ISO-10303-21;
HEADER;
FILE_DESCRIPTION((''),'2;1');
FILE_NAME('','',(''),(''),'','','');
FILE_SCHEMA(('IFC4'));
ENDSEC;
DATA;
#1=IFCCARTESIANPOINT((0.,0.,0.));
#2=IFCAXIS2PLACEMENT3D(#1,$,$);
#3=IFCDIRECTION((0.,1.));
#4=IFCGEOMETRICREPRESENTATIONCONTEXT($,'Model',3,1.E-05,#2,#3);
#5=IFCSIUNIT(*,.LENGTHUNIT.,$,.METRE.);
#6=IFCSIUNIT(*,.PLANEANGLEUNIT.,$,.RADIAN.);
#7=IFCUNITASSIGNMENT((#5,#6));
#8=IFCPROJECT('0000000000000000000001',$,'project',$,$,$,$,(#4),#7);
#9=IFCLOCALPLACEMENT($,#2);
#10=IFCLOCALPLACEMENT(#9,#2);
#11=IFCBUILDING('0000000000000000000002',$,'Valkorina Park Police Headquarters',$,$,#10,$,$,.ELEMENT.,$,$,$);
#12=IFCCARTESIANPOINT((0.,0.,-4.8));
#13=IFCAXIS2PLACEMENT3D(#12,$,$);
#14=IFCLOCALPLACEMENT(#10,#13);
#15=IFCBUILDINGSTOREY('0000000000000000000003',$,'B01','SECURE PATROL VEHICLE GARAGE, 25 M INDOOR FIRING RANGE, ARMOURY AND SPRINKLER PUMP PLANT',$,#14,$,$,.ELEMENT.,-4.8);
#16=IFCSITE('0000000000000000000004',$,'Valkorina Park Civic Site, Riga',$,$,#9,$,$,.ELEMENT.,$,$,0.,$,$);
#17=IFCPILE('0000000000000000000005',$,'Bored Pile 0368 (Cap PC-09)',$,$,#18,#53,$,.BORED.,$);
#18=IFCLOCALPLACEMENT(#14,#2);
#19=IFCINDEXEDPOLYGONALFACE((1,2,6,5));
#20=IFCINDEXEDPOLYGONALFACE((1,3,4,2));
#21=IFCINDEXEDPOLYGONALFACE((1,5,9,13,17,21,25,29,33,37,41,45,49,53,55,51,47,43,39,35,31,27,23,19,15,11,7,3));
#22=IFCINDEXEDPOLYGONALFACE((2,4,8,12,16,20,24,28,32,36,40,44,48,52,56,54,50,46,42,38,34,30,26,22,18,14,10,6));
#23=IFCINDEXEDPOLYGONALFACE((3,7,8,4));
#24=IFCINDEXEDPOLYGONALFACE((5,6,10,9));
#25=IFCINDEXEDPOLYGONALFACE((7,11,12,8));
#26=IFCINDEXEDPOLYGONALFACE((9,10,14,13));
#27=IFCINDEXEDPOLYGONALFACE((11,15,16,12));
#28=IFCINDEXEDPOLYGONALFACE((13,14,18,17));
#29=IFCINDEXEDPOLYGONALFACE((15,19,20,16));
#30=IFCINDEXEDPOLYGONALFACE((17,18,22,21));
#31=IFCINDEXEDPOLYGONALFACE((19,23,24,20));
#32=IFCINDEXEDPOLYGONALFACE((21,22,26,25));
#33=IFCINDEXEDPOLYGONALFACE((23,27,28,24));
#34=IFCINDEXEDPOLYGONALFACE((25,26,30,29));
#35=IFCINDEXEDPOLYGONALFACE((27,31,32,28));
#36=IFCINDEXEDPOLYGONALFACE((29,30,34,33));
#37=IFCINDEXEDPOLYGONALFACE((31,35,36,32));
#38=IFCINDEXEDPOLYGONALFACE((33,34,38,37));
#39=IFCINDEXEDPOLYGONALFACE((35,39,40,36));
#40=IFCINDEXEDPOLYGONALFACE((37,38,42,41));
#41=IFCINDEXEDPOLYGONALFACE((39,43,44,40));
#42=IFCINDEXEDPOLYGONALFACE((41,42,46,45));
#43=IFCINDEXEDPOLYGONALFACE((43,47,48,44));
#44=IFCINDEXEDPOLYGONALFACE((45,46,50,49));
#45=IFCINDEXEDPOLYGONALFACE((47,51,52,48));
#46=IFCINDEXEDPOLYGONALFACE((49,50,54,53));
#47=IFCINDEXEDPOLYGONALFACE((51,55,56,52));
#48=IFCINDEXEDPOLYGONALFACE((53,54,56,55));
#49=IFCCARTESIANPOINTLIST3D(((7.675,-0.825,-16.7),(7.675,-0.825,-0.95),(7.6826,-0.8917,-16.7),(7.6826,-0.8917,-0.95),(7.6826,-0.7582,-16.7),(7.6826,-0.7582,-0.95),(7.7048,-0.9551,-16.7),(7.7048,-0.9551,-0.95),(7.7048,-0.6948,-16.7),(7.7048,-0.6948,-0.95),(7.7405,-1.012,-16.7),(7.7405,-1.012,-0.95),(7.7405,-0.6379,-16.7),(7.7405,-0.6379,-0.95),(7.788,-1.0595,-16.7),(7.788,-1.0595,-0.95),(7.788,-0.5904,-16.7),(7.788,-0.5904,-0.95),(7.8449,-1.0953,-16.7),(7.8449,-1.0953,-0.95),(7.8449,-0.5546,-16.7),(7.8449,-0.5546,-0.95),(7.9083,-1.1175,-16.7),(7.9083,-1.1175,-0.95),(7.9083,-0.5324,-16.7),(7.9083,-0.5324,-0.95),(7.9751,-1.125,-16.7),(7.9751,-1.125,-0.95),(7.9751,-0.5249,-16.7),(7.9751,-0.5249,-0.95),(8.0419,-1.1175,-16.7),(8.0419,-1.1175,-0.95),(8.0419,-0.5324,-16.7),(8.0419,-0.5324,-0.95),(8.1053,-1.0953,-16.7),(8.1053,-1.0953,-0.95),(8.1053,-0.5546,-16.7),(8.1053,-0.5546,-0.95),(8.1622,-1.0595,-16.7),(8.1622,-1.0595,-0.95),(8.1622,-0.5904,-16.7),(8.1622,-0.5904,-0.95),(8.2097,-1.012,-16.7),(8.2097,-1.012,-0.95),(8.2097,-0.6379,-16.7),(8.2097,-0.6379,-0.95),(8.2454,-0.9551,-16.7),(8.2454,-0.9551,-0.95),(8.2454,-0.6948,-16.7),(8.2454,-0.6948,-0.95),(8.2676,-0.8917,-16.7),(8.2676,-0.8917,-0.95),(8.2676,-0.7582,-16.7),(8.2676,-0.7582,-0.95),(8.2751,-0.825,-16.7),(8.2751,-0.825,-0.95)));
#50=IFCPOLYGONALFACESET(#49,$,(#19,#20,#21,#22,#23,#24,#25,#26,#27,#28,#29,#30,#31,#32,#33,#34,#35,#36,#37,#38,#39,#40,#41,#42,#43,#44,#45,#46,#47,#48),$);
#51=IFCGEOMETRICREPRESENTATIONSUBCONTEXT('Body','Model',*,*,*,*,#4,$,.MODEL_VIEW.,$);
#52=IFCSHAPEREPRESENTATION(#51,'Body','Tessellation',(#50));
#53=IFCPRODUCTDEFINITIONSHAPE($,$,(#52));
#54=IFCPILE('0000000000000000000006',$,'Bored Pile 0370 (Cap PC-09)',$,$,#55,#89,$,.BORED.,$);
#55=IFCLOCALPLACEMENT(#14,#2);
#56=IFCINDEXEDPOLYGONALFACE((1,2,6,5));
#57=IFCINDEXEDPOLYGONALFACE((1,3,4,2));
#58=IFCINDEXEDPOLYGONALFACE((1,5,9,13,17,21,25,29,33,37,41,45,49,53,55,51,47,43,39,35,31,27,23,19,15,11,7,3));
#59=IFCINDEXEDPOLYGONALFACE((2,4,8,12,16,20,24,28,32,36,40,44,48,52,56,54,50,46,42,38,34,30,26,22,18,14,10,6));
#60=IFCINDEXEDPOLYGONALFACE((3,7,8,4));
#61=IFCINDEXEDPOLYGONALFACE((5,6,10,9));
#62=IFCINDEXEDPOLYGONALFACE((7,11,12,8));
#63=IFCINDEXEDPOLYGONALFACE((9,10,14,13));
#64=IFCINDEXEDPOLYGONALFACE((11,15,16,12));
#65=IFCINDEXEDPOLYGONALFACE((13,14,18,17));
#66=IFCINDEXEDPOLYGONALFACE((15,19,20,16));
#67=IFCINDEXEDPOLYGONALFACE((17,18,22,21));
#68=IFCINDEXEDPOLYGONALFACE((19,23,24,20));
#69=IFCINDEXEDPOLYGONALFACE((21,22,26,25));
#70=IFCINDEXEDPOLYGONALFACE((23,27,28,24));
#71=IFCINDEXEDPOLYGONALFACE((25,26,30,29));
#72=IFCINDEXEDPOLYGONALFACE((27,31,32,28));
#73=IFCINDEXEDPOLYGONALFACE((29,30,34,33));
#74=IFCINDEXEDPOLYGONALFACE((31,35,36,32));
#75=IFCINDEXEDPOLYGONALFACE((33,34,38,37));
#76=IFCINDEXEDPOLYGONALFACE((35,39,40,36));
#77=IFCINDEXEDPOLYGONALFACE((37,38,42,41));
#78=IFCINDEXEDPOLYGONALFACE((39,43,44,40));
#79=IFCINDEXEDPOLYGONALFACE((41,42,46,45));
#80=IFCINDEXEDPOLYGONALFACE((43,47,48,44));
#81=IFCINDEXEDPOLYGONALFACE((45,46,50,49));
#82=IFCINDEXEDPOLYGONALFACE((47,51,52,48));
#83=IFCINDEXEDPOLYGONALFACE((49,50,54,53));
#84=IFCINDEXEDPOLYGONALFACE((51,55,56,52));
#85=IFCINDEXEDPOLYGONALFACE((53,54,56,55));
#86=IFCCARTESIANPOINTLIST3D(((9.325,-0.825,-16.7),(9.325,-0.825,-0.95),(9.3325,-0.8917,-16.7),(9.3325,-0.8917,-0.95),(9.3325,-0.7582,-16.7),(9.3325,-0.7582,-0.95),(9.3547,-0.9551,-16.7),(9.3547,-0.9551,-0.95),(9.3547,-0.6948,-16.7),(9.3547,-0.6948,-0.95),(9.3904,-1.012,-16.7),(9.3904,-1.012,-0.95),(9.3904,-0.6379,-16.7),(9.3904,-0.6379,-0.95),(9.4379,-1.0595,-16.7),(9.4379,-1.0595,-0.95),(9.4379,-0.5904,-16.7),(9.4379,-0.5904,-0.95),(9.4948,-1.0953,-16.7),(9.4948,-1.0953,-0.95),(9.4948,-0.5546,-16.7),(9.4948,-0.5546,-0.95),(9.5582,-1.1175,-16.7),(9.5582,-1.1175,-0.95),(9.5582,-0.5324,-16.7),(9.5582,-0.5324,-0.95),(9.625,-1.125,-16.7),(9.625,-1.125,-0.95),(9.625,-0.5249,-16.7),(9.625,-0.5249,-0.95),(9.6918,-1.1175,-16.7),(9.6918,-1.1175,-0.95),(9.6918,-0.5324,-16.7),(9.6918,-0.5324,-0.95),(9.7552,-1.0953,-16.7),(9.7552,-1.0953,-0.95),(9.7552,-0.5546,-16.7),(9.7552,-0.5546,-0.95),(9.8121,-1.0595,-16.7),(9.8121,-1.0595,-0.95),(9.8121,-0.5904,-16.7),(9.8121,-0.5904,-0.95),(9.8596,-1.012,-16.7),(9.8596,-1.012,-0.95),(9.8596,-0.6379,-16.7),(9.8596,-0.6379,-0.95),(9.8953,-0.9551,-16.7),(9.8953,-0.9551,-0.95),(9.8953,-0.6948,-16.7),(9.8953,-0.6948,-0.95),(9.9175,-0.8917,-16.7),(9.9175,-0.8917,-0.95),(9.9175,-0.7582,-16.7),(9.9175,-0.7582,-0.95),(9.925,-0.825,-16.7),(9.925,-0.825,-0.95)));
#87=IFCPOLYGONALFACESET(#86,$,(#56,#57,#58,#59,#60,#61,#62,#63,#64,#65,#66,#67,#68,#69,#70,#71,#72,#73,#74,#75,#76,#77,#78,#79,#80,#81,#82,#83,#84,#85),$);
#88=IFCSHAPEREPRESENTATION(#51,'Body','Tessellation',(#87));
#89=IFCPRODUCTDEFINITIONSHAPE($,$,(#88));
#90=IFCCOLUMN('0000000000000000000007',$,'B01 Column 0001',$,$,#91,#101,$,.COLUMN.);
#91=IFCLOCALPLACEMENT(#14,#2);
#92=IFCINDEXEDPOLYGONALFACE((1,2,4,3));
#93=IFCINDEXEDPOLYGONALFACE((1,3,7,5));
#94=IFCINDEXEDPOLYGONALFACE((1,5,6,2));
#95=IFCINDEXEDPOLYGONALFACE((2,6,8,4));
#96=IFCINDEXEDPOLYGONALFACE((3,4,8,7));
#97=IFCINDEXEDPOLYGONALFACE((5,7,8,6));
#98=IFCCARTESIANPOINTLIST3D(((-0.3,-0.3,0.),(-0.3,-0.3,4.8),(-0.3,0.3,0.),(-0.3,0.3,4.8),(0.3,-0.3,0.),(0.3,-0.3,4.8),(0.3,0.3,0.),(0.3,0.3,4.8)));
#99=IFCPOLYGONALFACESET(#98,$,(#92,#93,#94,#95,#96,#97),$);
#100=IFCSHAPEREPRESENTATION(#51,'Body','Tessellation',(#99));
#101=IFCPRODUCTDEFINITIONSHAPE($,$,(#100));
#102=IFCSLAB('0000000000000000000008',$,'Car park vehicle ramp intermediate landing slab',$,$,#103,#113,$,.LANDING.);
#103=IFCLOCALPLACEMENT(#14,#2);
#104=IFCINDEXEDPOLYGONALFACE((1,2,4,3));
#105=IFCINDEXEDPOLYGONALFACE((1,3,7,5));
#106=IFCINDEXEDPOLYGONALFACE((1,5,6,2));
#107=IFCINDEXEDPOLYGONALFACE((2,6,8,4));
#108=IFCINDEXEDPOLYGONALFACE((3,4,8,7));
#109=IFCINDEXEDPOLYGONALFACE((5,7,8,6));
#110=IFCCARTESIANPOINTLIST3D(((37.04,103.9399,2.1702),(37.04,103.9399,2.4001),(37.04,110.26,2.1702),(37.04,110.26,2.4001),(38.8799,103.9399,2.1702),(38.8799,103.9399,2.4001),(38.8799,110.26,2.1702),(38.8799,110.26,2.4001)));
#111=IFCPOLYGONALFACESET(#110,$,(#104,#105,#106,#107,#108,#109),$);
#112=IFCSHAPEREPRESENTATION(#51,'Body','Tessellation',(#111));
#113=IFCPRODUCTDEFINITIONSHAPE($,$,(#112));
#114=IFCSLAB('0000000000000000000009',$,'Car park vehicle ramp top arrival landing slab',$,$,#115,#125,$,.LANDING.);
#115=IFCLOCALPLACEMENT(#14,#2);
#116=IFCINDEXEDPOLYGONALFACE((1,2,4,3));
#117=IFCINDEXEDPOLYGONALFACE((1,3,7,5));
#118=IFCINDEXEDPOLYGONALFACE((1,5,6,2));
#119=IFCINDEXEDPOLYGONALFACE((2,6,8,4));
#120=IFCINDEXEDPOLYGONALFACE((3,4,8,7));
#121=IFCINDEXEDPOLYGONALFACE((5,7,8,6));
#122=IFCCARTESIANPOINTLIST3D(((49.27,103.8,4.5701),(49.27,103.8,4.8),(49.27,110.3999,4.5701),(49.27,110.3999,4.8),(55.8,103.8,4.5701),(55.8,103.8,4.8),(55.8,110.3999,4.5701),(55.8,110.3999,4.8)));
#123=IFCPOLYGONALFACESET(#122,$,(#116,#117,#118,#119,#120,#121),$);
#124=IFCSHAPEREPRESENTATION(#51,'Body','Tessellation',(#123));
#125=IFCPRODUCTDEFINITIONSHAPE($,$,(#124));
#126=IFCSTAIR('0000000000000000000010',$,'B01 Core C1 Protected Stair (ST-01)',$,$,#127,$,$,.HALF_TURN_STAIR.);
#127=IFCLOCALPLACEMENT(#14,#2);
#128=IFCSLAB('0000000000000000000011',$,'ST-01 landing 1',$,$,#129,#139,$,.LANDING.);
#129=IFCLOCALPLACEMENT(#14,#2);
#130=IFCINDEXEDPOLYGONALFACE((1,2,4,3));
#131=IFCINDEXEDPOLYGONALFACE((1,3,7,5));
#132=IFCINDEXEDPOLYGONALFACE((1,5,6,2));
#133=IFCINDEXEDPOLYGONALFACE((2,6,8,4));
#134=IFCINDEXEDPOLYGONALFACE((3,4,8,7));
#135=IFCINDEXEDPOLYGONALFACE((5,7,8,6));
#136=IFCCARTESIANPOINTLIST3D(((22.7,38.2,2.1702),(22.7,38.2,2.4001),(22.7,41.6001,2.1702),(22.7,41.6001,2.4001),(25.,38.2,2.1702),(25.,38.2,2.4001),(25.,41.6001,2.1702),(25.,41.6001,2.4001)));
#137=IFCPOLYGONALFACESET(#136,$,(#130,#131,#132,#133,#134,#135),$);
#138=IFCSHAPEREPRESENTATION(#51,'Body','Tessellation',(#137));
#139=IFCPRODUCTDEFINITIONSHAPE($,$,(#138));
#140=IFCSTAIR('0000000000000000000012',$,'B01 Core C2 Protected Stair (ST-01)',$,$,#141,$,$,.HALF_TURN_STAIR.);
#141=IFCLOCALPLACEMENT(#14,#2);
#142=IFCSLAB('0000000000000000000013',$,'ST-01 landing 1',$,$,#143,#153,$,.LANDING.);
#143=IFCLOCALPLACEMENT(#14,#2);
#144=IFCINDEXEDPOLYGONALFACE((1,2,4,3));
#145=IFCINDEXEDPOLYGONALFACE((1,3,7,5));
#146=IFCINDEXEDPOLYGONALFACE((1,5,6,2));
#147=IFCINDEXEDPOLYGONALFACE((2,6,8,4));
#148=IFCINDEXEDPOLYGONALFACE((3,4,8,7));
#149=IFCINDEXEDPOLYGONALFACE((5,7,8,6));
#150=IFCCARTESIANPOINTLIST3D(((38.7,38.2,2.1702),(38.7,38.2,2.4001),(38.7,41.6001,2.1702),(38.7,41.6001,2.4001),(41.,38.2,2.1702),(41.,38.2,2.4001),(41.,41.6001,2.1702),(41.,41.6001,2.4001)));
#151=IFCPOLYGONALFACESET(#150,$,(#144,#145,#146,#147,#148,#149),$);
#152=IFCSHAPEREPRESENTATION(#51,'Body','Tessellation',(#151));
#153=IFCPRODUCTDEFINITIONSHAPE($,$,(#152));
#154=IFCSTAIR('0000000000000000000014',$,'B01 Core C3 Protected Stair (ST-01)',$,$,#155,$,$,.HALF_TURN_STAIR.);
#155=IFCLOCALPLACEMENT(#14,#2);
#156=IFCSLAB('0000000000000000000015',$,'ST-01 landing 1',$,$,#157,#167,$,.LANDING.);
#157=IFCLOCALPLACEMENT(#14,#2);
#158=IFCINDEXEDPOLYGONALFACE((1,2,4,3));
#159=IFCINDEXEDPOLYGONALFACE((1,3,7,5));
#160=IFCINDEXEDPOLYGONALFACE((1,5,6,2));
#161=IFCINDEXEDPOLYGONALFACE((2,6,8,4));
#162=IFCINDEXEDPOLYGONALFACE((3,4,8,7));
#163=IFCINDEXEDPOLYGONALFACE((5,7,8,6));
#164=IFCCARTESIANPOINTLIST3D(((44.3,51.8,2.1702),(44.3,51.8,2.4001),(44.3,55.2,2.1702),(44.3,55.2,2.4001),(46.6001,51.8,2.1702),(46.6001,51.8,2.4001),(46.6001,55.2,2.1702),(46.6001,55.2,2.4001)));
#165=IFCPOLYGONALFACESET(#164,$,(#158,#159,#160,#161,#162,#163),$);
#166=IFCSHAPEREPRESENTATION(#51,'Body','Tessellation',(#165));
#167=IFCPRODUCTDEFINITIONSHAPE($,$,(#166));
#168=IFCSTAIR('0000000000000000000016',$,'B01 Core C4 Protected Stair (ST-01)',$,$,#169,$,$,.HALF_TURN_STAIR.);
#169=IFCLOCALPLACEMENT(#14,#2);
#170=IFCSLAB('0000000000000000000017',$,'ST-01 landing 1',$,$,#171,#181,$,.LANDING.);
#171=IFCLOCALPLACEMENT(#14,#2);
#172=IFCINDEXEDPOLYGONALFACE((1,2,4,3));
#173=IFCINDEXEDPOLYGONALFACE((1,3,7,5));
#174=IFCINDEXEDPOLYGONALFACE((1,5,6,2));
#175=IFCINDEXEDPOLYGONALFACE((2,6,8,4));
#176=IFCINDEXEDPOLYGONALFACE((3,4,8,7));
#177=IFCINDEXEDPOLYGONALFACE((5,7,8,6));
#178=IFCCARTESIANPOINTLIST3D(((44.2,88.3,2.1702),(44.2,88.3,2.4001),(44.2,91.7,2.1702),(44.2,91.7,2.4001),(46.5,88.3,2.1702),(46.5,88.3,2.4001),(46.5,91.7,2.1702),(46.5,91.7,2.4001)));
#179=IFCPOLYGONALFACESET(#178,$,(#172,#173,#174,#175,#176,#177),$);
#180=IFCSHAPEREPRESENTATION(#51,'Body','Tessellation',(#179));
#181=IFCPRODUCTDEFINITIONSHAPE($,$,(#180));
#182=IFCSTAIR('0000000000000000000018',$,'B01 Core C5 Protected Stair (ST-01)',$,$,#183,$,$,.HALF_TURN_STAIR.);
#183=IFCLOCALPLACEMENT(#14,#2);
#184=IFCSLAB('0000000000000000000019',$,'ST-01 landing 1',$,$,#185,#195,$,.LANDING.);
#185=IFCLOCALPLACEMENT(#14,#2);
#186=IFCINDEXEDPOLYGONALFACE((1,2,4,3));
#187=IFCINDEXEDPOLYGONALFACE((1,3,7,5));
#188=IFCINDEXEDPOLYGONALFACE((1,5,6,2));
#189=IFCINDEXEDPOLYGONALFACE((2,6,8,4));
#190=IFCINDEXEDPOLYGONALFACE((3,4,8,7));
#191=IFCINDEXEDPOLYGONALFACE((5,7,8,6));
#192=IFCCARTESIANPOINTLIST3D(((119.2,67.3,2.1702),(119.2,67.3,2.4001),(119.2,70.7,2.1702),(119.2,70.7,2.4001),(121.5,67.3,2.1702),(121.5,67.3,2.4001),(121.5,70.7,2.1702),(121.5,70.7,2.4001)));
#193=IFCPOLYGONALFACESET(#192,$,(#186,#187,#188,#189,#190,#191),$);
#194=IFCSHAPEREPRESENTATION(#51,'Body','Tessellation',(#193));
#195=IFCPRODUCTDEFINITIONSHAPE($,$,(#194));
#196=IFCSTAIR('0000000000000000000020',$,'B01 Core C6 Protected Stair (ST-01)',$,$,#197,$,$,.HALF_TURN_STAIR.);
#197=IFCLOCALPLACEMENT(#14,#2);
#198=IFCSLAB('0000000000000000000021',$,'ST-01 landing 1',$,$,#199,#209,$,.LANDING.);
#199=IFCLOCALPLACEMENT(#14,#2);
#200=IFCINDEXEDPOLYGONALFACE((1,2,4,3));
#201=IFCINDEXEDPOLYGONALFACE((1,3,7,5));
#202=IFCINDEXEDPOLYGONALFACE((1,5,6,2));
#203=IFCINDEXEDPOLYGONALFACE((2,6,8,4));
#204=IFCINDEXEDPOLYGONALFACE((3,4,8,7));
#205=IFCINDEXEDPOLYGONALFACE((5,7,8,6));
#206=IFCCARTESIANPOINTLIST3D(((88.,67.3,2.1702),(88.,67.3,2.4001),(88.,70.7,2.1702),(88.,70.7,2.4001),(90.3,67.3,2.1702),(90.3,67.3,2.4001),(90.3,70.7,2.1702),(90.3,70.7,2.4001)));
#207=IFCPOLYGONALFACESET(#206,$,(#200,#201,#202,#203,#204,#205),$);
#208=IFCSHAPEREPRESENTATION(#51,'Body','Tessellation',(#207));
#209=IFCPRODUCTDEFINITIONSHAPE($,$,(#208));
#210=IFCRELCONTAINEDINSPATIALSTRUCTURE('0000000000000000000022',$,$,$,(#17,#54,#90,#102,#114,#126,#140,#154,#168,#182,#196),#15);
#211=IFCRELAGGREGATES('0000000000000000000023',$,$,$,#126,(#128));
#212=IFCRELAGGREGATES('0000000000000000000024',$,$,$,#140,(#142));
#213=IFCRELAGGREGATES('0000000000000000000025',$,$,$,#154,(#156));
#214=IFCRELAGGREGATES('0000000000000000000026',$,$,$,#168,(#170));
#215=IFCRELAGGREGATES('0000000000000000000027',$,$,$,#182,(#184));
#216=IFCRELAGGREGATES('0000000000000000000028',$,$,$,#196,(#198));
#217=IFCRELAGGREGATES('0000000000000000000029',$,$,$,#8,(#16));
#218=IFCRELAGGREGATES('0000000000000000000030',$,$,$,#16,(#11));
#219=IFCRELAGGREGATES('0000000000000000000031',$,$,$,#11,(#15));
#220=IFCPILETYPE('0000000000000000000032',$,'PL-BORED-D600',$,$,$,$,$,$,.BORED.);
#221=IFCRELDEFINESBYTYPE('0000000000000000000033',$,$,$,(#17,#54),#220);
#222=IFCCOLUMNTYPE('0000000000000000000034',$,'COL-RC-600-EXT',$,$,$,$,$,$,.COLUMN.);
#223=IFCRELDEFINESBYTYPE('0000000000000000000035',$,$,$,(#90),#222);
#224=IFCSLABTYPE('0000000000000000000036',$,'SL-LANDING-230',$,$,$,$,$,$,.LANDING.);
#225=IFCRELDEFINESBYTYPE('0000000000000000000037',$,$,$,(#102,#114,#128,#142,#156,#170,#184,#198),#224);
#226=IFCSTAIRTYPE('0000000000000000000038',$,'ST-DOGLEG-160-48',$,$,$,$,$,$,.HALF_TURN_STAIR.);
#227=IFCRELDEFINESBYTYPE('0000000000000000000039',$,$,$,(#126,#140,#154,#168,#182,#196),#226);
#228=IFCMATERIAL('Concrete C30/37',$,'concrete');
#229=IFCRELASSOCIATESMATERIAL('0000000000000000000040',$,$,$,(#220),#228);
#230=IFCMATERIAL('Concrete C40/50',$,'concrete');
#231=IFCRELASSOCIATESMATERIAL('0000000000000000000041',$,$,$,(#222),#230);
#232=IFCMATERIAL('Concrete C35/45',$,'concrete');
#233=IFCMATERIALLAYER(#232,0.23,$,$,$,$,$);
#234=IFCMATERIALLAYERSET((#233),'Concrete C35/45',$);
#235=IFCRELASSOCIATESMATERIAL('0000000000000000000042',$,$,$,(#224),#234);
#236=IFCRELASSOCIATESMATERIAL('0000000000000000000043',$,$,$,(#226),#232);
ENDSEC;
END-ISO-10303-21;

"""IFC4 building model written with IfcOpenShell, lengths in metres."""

from ifc_helpers import new_model, si_unit, direction, frame, origin, origin_with_axes, origin_2d, place, context, subcontext, project, spatial, polyline, rectangle, circle, outline, extrude, material, layer, layer_set, material_profile, profile_set, type_object, element, aggregate, save


model = new_model("IFC4")

# Units and contexts
model_context = context("Model", 3, precision=1e-05, world=origin(), true_north=direction((0.0, 1.0)))
body_context = subcontext(model_context, "Body", "Model", "MODEL_VIEW")
ifc_project = project(units=[si_unit("LENGTHUNIT", "METRE"), si_unit("PLANEANGLEUNIT", "RADIAN")], contexts=[model_context])

# Site, building, storey
site_placement = place(None, origin())
site = spatial("IfcSite", under=ifc_project, at=site_placement, Name="Valkorina Park Civic Site, Riga", CompositionType="ELEMENT", RefElevation=0.0)
building_placement = place(site_placement, origin())
building = spatial("IfcBuilding", under=site, at=building_placement, Name="Valkorina Park Police Headquarters", CompositionType="ELEMENT")
storey_placement = place(building_placement, frame((0.0, 0.0, -4.8)))
storey = spatial("IfcBuildingStorey", under=building, at=storey_placement, Name="B01", Description="SECURE PATROL VEHICLE GARAGE, 25 M INDOOR FIRING RANGE, ARMOURY AND SPRINKLER PUMP PLANT", CompositionType="ELEMENT", Elevation=-4.8)

# Shared definitions
ifc_material_1 = material(Name="Concrete C35/45", Category="concrete")

# Piles
ifc_material_2 = material(Name="Concrete C30/37", Category="concrete")
ifc_material_profile_1 = material_profile(ifc_material_2, circle(Radius=0.3, at=origin_2d()), Name="BORED PILE D600")
ifc_profile_set_1 = profile_set([ifc_material_profile_1], Name="Concrete C30/37")
pile_type = type_object("IfcPileType", Name="PL-BORED-D600", PredefinedType="BORED", material=ifc_profile_set_1)
for number, where, z_axis, x_axis, name in (
    (1, (7.9751, -0.825, -0.95), (0.0, 0.0, -1.0), (1.0, 0.0, 0.0), "Bored Pile 0368 (Cap PC-09)"),
    (2, (9.625, -0.825, -0.95), (0.0, 0.0, -1.0), (1.0, 0.0, 0.0), "Bored Pile 0370 (Cap PC-09)"),
):
    element("IfcPile", number, at=place(storey_placement, frame(where, z_axis=z_axis, x_axis=x_axis)), inside=storey, type_object=pile_type, Name=name, PredefinedType="BORED", context=body_context, shape_type="SweptSolid", body=[
        extrude(circle(Radius=0.3, at=origin_2d()), origin(), (0.0, 0.0, 1.0), 15.75),
    ])

# Column
ifc_material_3 = material(Name="Concrete C40/50", Category="concrete")
ifc_material_profile_2 = material_profile(ifc_material_3, rectangle(XDim=0.6001, YDim=0.6001, at=origin_2d()), Name="RC COL 600x600")
ifc_profile_set_2 = profile_set([ifc_material_profile_2], Name="Concrete C40/50")
column_type = type_object("IfcColumnType", Name="COL-RC-600-EXT", PredefinedType="COLUMN", material=ifc_profile_set_2)
column_placement = place(storey_placement, origin_with_axes())
element("IfcColumn", 3, at=column_placement, inside=storey, type_object=column_type, Name="B01 Column 0001", PredefinedType="COLUMN", context=body_context, shape_type="SweptSolid", body=[
    extrude(rectangle(XDim=0.6001, YDim=0.6001, at=origin_2d()), origin(), (0.0, 0.0, 1.0), 4.8),
])

# Slabs
ifc_layer_1 = layer(ifc_material_1, 0.23)
ifc_layer_set_1 = layer_set([ifc_layer_1], Name="Concrete C35/45")
slab_type = type_object("IfcSlabType", Name="SL-LANDING-230", PredefinedType="LANDING", material=ifc_layer_set_1)
slab_1_placement = place(storey_placement, frame((0.0, 0.0, 2.1702)))
element("IfcSlab", 4, at=slab_1_placement, inside=storey, type_object=slab_type, Name="Car park vehicle ramp intermediate landing slab", PredefinedType="LANDING", context=body_context, shape_type="SweptSolid", body=[
    extrude(outline(polyline([(38.8799, 103.9399), (38.8799, 110.26), (37.04, 110.26), (37.04, 103.9399), (38.8799, 103.9399)])), origin(), (0.0, 0.0, 1.0), 0.23),
])
slab_2_placement = place(storey_placement, frame((0.0, 0.0, 4.5701)))
element("IfcSlab", 5, at=slab_2_placement, inside=storey, type_object=slab_type, Name="Car park vehicle ramp top arrival landing slab", PredefinedType="LANDING", context=body_context, shape_type="SweptSolid", body=[
    extrude(outline(polyline([(55.8, 103.8), (55.8, 110.3999), (49.27, 110.3999), (49.27, 103.8), (55.8, 103.8)])), origin(), (0.0, 0.0, 1.0), 0.23),
])

# Stairs, slabs
stair_type = type_object("IfcStairType", Name="ST-DOGLEG-160-48", PredefinedType="HALF_TURN_STAIR", material=ifc_material_1)
stair_1_placement = place(storey_placement, origin())
stair_1 = element("IfcStair", 6, at=stair_1_placement, inside=storey, type_object=stair_type, Name="B01 Core C1 Protected Stair (ST-01)", PredefinedType="HALF_TURN_STAIR")
slab_3_placement = place(storey_placement, frame((0.0, 0.0, 2.1702)))
slab_3 = element("IfcSlab", 7, at=slab_3_placement, type_object=slab_type, Name="ST-01 landing 1", PredefinedType="LANDING", context=body_context, shape_type="SweptSolid", body=[
    extrude(outline(polyline([(22.7, 38.2), (25.0, 38.2), (25.0, 41.6001), (22.7, 41.6001), (22.7, 38.2)])), origin(), (0.0, 0.0, 1.0), 0.23),
])
aggregate(stair_1, [slab_3])
stair_2_placement = place(storey_placement, origin())
stair_2 = element("IfcStair", 8, at=stair_2_placement, inside=storey, type_object=stair_type, Name="B01 Core C2 Protected Stair (ST-01)", PredefinedType="HALF_TURN_STAIR")
slab_4_placement = place(storey_placement, frame((0.0, 0.0, 2.1702)))
slab_4 = element("IfcSlab", 9, at=slab_4_placement, type_object=slab_type, Name="ST-01 landing 1", PredefinedType="LANDING", context=body_context, shape_type="SweptSolid", body=[
    extrude(outline(polyline([(38.7, 38.2), (41.0, 38.2), (41.0, 41.6001), (38.7, 41.6001), (38.7, 38.2)])), origin(), (0.0, 0.0, 1.0), 0.23),
])
aggregate(stair_2, [slab_4])
stair_3_placement = place(storey_placement, origin())
stair_3 = element("IfcStair", 10, at=stair_3_placement, inside=storey, type_object=stair_type, Name="B01 Core C3 Protected Stair (ST-01)", PredefinedType="HALF_TURN_STAIR")
slab_5_placement = place(storey_placement, frame((0.0, 0.0, 2.1702)))
slab_5 = element("IfcSlab", 11, at=slab_5_placement, type_object=slab_type, Name="ST-01 landing 1", PredefinedType="LANDING", context=body_context, shape_type="SweptSolid", body=[
    extrude(outline(polyline([(44.3, 51.8), (46.6001, 51.8), (46.6001, 55.2), (44.3, 55.2), (44.3, 51.8)])), origin(), (0.0, 0.0, 1.0), 0.23),
])
aggregate(stair_3, [slab_5])
stair_4_placement = place(storey_placement, origin())
stair_4 = element("IfcStair", 12, at=stair_4_placement, inside=storey, type_object=stair_type, Name="B01 Core C4 Protected Stair (ST-01)", PredefinedType="HALF_TURN_STAIR")
slab_6_placement = place(storey_placement, frame((0.0, 0.0, 2.1702)))
slab_6 = element("IfcSlab", 13, at=slab_6_placement, type_object=slab_type, Name="ST-01 landing 1", PredefinedType="LANDING", context=body_context, shape_type="SweptSolid", body=[
    extrude(outline(polyline([(44.2, 88.3), (46.5, 88.3), (46.5, 91.7), (44.2, 91.7), (44.2, 88.3)])), origin(), (0.0, 0.0, 1.0), 0.23),
])
aggregate(stair_4, [slab_6])
stair_5_placement = place(storey_placement, origin())
stair_5 = element("IfcStair", 14, at=stair_5_placement, inside=storey, type_object=stair_type, Name="B01 Core C5 Protected Stair (ST-01)", PredefinedType="HALF_TURN_STAIR")
slab_7_placement = place(storey_placement, frame((0.0, 0.0, 2.1702)))
slab_7 = element("IfcSlab", 15, at=slab_7_placement, type_object=slab_type, Name="ST-01 landing 1", PredefinedType="LANDING", context=body_context, shape_type="SweptSolid", body=[
    extrude(outline(polyline([(119.2, 67.3), (121.5, 67.3), (121.5, 70.7), (119.2, 70.7), (119.2, 67.3)])), origin(), (0.0, 0.0, 1.0), 0.23),
])
aggregate(stair_5, [slab_7])
stair_6_placement = place(storey_placement, origin())
stair_6 = element("IfcStair", 16, at=stair_6_placement, inside=storey, type_object=stair_type, Name="B01 Core C6 Protected Stair (ST-01)", PredefinedType="HALF_TURN_STAIR")
slab_8_placement = place(storey_placement, frame((0.0, 0.0, 2.1702)))
slab_8 = element("IfcSlab", 17, at=slab_8_placement, type_object=slab_type, Name="ST-01 landing 1", PredefinedType="LANDING", context=body_context, shape_type="SweptSolid", body=[
    extrude(outline(polyline([(88.0, 67.3), (90.3, 67.3), (90.3, 70.7), (88.0, 70.7), (88.0, 67.3)])), origin(), (0.0, 0.0, 1.0), 0.23),
])
aggregate(stair_6, [slab_8])

save(model, "model.ifc")
